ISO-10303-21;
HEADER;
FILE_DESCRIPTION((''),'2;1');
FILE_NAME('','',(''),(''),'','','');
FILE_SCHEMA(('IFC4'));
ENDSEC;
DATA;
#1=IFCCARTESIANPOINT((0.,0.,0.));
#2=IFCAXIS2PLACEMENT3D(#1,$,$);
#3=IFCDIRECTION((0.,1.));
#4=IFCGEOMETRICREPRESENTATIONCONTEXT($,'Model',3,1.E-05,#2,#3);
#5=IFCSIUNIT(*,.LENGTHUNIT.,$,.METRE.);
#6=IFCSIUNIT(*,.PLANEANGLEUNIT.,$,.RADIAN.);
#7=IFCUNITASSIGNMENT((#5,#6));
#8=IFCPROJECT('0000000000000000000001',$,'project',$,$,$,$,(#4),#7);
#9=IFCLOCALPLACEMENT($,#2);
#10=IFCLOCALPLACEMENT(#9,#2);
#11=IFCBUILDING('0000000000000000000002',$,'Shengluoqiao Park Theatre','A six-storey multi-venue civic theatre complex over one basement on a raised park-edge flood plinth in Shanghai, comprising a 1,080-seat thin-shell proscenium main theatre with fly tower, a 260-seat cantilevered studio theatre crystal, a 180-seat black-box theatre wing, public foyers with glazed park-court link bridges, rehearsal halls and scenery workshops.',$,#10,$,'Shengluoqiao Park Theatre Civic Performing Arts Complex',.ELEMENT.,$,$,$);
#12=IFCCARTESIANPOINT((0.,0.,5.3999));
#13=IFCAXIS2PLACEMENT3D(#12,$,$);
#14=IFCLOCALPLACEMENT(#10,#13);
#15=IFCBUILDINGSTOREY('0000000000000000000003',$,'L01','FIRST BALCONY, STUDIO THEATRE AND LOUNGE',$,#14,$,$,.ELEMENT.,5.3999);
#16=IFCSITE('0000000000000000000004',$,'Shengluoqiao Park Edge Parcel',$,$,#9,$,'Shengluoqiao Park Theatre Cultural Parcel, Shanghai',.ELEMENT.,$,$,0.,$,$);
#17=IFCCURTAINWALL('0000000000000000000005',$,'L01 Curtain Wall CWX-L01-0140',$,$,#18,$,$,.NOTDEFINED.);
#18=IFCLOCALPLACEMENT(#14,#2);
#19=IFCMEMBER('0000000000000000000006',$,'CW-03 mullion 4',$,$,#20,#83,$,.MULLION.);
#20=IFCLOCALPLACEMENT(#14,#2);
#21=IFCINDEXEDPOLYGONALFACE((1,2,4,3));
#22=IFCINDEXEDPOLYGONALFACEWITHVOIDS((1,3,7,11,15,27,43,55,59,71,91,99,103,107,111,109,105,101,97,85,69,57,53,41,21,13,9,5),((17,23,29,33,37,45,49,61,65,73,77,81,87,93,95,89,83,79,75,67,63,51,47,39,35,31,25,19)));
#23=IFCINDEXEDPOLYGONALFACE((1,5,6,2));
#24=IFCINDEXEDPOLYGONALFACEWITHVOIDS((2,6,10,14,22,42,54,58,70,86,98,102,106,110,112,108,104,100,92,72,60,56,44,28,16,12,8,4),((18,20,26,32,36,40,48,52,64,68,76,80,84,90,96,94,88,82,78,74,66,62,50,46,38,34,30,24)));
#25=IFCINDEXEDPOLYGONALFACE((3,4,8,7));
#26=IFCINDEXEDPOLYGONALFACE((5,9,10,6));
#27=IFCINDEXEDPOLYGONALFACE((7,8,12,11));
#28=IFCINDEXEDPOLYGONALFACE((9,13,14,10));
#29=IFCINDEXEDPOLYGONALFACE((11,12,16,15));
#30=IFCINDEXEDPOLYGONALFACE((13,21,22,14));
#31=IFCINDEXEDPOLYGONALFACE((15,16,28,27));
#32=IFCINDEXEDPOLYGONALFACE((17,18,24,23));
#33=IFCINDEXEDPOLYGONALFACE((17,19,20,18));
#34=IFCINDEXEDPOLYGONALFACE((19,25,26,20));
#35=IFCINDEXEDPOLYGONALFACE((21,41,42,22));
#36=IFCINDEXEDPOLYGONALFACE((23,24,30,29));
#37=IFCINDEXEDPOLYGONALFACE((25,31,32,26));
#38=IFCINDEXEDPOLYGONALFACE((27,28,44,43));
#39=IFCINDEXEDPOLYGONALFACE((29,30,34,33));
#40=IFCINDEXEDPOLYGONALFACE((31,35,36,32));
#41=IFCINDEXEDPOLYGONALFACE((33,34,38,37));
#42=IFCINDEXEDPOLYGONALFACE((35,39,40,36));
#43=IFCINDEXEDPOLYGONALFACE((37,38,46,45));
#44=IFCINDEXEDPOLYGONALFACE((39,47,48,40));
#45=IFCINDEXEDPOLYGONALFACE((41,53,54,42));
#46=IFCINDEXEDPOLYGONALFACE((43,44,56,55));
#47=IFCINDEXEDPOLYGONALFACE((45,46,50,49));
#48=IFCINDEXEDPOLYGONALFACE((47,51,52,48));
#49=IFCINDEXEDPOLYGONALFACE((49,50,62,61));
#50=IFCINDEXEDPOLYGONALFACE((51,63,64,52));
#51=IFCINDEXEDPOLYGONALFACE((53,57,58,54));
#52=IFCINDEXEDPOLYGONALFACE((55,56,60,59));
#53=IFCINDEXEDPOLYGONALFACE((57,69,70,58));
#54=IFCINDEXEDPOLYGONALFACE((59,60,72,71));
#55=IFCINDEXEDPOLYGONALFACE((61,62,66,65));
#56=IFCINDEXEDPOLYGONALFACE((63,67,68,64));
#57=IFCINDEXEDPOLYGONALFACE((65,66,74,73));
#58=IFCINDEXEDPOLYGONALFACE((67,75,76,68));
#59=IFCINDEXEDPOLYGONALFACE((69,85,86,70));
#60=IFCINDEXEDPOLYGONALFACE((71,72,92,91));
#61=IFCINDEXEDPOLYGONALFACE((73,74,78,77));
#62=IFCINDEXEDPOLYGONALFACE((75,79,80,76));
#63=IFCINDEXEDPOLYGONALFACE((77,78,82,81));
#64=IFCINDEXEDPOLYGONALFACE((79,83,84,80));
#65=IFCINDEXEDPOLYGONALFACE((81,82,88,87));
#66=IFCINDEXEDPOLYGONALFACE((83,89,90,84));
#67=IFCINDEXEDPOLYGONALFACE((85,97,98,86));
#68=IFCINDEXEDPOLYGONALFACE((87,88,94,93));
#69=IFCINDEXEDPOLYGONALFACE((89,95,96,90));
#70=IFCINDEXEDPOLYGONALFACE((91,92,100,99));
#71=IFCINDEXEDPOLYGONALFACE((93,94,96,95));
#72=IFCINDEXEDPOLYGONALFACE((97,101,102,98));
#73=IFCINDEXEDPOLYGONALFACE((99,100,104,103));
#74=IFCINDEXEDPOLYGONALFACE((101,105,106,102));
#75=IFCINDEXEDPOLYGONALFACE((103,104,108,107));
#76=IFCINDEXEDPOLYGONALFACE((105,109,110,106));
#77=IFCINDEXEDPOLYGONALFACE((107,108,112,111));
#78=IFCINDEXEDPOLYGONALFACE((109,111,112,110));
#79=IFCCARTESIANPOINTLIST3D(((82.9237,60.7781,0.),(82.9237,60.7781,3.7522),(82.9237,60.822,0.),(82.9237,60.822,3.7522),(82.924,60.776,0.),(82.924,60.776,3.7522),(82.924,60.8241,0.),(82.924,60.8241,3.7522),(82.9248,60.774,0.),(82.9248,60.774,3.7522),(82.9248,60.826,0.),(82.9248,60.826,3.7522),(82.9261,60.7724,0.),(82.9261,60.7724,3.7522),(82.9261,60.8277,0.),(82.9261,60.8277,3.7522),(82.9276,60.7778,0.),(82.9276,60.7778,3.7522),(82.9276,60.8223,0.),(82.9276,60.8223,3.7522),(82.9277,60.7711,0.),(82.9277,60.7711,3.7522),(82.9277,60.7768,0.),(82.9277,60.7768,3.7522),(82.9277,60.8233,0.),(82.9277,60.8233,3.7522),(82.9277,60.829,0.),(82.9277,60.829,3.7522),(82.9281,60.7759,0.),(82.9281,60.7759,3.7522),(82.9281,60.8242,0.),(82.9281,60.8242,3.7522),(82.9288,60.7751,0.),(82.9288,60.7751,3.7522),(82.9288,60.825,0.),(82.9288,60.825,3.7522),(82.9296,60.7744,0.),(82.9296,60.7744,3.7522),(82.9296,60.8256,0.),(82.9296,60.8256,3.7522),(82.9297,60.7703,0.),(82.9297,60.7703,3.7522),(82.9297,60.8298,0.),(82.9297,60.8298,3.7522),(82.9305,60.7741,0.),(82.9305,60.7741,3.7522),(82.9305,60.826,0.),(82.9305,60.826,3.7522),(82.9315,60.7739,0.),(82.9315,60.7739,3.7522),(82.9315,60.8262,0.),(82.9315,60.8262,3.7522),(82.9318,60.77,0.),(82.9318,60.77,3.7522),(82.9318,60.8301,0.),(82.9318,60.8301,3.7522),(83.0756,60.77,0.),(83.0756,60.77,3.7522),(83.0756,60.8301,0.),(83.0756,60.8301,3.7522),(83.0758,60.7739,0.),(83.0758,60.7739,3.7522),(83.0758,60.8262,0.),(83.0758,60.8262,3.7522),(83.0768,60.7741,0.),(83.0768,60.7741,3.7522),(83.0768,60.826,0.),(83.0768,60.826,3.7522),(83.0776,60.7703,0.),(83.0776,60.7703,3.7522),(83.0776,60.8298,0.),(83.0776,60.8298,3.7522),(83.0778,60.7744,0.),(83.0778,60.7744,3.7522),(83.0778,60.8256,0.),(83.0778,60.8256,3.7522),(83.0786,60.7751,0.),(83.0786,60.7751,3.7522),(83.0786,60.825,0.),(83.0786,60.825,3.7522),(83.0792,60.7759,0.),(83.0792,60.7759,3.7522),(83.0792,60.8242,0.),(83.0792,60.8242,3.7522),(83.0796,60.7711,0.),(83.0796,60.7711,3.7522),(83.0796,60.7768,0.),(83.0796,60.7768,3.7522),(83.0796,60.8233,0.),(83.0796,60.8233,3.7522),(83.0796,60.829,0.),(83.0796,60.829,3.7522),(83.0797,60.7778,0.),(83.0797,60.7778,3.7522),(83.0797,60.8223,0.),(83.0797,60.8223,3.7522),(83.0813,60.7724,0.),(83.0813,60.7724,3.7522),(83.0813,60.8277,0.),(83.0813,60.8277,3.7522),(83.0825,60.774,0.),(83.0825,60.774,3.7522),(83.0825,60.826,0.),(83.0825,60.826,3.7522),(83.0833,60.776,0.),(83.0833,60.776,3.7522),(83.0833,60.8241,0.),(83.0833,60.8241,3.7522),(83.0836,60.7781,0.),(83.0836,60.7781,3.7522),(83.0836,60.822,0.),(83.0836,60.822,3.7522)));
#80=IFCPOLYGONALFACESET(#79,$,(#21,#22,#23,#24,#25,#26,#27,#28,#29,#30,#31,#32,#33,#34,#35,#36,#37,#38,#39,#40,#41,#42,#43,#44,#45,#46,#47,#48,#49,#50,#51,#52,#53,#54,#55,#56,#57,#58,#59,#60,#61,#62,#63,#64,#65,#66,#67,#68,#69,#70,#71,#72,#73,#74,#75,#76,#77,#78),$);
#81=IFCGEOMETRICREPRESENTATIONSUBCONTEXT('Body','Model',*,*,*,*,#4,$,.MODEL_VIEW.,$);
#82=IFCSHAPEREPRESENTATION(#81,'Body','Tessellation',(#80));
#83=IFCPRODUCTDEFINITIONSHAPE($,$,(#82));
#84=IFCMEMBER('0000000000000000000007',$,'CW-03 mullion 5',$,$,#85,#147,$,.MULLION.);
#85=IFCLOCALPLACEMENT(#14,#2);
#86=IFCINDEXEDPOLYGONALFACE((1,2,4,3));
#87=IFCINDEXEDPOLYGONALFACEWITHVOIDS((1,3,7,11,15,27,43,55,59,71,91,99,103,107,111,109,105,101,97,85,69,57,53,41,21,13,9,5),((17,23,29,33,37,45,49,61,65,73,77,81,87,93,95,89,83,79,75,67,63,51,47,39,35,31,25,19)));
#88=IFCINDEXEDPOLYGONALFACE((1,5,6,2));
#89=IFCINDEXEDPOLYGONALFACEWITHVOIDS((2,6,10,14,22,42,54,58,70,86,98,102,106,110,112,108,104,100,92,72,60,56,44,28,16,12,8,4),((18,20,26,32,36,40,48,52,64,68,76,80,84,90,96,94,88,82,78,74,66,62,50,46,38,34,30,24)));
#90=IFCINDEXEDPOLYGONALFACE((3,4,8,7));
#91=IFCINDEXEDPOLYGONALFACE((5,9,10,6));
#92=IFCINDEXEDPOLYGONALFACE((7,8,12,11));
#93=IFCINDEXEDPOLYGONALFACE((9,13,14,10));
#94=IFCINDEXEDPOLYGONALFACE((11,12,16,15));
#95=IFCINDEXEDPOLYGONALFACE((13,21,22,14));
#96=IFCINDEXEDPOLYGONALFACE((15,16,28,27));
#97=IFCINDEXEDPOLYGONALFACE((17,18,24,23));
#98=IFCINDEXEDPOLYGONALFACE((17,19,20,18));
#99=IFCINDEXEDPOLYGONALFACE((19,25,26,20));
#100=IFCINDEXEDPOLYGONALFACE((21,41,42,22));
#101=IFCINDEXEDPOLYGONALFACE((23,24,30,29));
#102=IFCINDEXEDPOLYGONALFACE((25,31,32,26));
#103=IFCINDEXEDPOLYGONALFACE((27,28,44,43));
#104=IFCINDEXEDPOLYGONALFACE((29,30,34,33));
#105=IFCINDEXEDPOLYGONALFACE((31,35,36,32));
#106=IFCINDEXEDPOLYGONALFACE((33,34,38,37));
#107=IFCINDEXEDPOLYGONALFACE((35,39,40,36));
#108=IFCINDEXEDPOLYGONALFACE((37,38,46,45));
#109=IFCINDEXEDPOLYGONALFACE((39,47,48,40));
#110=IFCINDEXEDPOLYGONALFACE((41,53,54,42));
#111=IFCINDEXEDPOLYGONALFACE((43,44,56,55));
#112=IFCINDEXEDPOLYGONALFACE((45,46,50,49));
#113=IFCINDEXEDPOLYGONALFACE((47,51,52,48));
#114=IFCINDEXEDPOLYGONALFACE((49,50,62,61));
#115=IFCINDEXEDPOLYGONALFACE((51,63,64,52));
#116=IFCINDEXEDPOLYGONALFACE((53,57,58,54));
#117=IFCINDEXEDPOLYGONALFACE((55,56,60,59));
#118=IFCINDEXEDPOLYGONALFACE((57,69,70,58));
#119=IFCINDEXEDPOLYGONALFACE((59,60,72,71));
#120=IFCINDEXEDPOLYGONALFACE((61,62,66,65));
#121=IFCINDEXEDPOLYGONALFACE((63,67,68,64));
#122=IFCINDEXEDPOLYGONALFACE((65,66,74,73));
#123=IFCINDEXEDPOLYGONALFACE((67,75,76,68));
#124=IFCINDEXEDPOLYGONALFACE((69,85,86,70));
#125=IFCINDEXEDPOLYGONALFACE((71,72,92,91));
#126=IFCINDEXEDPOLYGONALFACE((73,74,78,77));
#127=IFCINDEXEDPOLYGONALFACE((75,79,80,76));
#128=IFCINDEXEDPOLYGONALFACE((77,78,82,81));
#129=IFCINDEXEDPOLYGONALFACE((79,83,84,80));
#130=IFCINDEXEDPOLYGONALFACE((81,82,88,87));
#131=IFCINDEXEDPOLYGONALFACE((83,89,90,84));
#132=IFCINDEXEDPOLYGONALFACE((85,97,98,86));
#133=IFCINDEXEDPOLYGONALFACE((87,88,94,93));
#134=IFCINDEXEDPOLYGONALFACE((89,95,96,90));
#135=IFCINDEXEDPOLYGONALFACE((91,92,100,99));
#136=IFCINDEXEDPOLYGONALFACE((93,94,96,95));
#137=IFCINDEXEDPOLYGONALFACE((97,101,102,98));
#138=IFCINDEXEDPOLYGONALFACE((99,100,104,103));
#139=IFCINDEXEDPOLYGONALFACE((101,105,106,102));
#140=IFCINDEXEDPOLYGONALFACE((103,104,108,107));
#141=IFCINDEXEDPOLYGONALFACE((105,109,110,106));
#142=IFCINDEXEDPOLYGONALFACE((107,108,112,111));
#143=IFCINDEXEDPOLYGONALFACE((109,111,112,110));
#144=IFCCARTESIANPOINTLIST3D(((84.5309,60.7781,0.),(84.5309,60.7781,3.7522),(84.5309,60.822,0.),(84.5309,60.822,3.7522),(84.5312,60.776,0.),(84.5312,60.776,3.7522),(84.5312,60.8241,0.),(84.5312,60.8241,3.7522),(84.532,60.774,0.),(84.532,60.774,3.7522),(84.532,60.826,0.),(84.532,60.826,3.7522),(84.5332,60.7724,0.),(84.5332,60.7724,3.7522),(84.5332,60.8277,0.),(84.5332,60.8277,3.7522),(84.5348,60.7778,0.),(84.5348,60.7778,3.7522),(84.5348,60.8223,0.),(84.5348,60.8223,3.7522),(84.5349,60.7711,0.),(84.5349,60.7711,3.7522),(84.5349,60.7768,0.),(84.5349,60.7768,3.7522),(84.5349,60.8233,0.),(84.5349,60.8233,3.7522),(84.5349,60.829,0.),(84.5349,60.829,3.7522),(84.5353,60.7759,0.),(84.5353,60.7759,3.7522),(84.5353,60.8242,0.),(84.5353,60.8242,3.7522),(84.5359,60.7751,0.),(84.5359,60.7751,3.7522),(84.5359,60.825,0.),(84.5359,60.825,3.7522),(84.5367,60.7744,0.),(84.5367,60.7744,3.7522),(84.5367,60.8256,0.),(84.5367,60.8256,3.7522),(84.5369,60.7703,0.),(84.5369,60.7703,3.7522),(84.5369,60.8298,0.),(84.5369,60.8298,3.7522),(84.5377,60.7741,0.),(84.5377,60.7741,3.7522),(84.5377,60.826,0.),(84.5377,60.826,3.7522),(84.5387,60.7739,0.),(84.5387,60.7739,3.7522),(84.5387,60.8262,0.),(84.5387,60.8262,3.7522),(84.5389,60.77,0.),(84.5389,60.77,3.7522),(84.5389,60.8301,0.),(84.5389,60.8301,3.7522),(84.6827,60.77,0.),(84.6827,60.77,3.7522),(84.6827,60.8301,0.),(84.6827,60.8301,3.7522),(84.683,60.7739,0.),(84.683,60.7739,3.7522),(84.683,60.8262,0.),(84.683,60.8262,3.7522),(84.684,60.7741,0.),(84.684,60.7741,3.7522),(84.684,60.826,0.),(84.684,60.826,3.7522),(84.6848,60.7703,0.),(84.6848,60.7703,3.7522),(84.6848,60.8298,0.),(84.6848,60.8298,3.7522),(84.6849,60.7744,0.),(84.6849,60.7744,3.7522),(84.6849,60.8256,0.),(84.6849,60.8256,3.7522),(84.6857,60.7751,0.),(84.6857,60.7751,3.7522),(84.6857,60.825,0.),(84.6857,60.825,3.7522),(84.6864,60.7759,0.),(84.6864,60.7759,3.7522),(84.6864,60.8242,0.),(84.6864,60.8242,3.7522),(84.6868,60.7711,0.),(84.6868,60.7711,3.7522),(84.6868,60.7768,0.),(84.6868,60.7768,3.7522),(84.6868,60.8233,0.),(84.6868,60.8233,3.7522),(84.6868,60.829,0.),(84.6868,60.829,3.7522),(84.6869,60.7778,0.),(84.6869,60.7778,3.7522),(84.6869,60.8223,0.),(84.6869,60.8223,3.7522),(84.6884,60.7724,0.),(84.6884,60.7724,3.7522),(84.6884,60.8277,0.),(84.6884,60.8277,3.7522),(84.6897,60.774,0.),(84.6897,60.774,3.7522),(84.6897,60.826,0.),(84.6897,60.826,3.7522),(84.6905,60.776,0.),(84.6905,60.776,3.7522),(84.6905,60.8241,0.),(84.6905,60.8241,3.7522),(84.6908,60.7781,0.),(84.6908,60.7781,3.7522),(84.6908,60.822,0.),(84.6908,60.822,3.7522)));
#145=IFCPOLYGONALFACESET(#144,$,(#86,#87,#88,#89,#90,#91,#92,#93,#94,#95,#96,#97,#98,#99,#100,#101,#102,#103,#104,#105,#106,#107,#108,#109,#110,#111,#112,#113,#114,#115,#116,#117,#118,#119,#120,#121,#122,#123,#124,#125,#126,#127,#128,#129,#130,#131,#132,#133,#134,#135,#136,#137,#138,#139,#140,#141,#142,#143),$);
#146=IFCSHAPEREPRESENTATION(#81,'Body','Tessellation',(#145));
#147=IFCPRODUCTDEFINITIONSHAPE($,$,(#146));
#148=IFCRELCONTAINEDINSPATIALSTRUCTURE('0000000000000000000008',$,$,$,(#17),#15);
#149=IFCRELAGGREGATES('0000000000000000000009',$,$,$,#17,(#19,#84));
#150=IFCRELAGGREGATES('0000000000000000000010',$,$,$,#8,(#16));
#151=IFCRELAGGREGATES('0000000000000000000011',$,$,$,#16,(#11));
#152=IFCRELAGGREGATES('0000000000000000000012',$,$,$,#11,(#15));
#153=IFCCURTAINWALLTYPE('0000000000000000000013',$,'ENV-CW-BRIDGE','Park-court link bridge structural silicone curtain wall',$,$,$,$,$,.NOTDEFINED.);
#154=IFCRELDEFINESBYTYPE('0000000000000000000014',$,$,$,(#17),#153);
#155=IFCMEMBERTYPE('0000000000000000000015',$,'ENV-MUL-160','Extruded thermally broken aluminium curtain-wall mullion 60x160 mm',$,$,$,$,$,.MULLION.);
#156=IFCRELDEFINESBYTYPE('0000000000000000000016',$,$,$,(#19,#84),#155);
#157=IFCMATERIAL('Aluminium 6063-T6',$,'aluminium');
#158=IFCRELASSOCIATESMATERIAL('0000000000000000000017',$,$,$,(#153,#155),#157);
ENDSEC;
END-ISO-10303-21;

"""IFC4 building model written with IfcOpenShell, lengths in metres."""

from ifc_helpers import new_model, si_unit, direction, frame, origin, origin_2d, place, context, subcontext, project, spatial, hollow_rectangle, extrude, material, material_profile, profile_set, type_object, element, aggregate, save


model = new_model("IFC4")

# Units and contexts
model_context = context("Model", 3, precision=1e-05, world=origin(), true_north=direction((0.0, 1.0)))
body_context = subcontext(model_context, "Body", "Model", "MODEL_VIEW")
ifc_project = project(units=[si_unit("LENGTHUNIT", "METRE"), si_unit("PLANEANGLEUNIT", "RADIAN")], contexts=[model_context])

# Site, building, storey
site_placement = place(None, origin())
site = spatial("IfcSite", under=ifc_project, at=site_placement, Name="Shengluoqiao Park Edge Parcel", LongName="Shengluoqiao Park Theatre Cultural Parcel, Shanghai", CompositionType="ELEMENT", RefElevation=0.0)
building_placement = place(site_placement, origin())
building = spatial("IfcBuilding", under=site, at=building_placement, Name="Shengluoqiao Park Theatre", Description="A six-storey multi-venue civic theatre complex over one basement on a raised park-edge flood plinth in Shanghai, comprising a 1,080-seat thin-shell proscenium main theatre with fly tower, a 260-seat cantilevered studio theatre crystal, a 180-seat black-box theatre wing, public foyers with glazed park-court link bridges, rehearsal halls and scenery workshops.", LongName="Shengluoqiao Park Theatre Civic Performing Arts Complex", CompositionType="ELEMENT")
storey_placement = place(building_placement, frame((0.0, 0.0, 5.3999)))
storey = spatial("IfcBuildingStorey", under=building, at=storey_placement, Name="L01", Description="FIRST BALCONY, STUDIO THEATRE AND LOUNGE", CompositionType="ELEMENT", Elevation=5.3999)

# Shared definitions
ifc_material_1 = material(Name="Aluminium 6063-T6", Category="aluminium")
curtain_wall_type = type_object("IfcCurtainWallType", Name="ENV-CW-BRIDGE", Description="Park-court link bridge structural silicone curtain wall", PredefinedType="NOTDEFINED", material=ifc_material_1)
ifc_material_profile_1 = material_profile(ifc_material_1, hollow_rectangle(XDim=0.0601, YDim=0.1599, WallThickness=0.0039, InnerFilletRadius=0.0039, OuterFilletRadius=0.0081, at=origin_2d()), Name="ALU MULLION 160x60x4")
ifc_profile_set_1 = profile_set([ifc_material_profile_1], Name="Aluminium 6063-T6")
member_type_1 = type_object("IfcMemberType", Name="ENV-MUL-160", Description="Extruded thermally broken aluminium curtain-wall mullion 60x160 mm", PredefinedType="MULLION", material=ifc_profile_set_1)

# Curtain wall, members
curtain_wall_1_placement = place(storey_placement, origin())
curtain_wall_1 = element("IfcCurtainWall", 1, at=curtain_wall_1_placement, inside=storey, type_object=curtain_wall_type, Name="L01 Curtain Wall CWX-L01-0140", PredefinedType="NOTDEFINED")
member_1_placement = place(storey_placement, frame((83.0037, 60.8, 0.0), z_axis=(0.0, 0.0, 1.0), x_axis=(0.0, 1.0, 0.0)))
member_1 = element("IfcMember", 2, at=member_1_placement, type_object=member_type_1, Name="CW-03 mullion 4", PredefinedType="MULLION", context=body_context, shape_type="SweptSolid", body=[
    extrude(hollow_rectangle(XDim=0.0601, YDim=0.1599, WallThickness=0.0039, InnerFilletRadius=0.0039, OuterFilletRadius=0.0081, at=origin_2d()), origin(), (0.0, 0.0, 1.0), 3.7522),
])
member_2_placement = place(storey_placement, frame((84.6108, 60.8, 0.0), z_axis=(0.0, 0.0, 1.0), x_axis=(0.0, 1.0, 0.0)))
member_2 = element("IfcMember", 3, at=member_2_placement, type_object=member_type_1, Name="CW-03 mullion 5", PredefinedType="MULLION", context=body_context, shape_type="SweptSolid", body=[
    extrude(hollow_rectangle(XDim=0.0601, YDim=0.1599, WallThickness=0.0039, InnerFilletRadius=0.0039, OuterFilletRadius=0.0081, at=origin_2d()), origin(), (0.0, 0.0, 1.0), 3.7522),
])

aggregate(curtain_wall_1, [member_1, member_2])

save(model, "model.ifc")
